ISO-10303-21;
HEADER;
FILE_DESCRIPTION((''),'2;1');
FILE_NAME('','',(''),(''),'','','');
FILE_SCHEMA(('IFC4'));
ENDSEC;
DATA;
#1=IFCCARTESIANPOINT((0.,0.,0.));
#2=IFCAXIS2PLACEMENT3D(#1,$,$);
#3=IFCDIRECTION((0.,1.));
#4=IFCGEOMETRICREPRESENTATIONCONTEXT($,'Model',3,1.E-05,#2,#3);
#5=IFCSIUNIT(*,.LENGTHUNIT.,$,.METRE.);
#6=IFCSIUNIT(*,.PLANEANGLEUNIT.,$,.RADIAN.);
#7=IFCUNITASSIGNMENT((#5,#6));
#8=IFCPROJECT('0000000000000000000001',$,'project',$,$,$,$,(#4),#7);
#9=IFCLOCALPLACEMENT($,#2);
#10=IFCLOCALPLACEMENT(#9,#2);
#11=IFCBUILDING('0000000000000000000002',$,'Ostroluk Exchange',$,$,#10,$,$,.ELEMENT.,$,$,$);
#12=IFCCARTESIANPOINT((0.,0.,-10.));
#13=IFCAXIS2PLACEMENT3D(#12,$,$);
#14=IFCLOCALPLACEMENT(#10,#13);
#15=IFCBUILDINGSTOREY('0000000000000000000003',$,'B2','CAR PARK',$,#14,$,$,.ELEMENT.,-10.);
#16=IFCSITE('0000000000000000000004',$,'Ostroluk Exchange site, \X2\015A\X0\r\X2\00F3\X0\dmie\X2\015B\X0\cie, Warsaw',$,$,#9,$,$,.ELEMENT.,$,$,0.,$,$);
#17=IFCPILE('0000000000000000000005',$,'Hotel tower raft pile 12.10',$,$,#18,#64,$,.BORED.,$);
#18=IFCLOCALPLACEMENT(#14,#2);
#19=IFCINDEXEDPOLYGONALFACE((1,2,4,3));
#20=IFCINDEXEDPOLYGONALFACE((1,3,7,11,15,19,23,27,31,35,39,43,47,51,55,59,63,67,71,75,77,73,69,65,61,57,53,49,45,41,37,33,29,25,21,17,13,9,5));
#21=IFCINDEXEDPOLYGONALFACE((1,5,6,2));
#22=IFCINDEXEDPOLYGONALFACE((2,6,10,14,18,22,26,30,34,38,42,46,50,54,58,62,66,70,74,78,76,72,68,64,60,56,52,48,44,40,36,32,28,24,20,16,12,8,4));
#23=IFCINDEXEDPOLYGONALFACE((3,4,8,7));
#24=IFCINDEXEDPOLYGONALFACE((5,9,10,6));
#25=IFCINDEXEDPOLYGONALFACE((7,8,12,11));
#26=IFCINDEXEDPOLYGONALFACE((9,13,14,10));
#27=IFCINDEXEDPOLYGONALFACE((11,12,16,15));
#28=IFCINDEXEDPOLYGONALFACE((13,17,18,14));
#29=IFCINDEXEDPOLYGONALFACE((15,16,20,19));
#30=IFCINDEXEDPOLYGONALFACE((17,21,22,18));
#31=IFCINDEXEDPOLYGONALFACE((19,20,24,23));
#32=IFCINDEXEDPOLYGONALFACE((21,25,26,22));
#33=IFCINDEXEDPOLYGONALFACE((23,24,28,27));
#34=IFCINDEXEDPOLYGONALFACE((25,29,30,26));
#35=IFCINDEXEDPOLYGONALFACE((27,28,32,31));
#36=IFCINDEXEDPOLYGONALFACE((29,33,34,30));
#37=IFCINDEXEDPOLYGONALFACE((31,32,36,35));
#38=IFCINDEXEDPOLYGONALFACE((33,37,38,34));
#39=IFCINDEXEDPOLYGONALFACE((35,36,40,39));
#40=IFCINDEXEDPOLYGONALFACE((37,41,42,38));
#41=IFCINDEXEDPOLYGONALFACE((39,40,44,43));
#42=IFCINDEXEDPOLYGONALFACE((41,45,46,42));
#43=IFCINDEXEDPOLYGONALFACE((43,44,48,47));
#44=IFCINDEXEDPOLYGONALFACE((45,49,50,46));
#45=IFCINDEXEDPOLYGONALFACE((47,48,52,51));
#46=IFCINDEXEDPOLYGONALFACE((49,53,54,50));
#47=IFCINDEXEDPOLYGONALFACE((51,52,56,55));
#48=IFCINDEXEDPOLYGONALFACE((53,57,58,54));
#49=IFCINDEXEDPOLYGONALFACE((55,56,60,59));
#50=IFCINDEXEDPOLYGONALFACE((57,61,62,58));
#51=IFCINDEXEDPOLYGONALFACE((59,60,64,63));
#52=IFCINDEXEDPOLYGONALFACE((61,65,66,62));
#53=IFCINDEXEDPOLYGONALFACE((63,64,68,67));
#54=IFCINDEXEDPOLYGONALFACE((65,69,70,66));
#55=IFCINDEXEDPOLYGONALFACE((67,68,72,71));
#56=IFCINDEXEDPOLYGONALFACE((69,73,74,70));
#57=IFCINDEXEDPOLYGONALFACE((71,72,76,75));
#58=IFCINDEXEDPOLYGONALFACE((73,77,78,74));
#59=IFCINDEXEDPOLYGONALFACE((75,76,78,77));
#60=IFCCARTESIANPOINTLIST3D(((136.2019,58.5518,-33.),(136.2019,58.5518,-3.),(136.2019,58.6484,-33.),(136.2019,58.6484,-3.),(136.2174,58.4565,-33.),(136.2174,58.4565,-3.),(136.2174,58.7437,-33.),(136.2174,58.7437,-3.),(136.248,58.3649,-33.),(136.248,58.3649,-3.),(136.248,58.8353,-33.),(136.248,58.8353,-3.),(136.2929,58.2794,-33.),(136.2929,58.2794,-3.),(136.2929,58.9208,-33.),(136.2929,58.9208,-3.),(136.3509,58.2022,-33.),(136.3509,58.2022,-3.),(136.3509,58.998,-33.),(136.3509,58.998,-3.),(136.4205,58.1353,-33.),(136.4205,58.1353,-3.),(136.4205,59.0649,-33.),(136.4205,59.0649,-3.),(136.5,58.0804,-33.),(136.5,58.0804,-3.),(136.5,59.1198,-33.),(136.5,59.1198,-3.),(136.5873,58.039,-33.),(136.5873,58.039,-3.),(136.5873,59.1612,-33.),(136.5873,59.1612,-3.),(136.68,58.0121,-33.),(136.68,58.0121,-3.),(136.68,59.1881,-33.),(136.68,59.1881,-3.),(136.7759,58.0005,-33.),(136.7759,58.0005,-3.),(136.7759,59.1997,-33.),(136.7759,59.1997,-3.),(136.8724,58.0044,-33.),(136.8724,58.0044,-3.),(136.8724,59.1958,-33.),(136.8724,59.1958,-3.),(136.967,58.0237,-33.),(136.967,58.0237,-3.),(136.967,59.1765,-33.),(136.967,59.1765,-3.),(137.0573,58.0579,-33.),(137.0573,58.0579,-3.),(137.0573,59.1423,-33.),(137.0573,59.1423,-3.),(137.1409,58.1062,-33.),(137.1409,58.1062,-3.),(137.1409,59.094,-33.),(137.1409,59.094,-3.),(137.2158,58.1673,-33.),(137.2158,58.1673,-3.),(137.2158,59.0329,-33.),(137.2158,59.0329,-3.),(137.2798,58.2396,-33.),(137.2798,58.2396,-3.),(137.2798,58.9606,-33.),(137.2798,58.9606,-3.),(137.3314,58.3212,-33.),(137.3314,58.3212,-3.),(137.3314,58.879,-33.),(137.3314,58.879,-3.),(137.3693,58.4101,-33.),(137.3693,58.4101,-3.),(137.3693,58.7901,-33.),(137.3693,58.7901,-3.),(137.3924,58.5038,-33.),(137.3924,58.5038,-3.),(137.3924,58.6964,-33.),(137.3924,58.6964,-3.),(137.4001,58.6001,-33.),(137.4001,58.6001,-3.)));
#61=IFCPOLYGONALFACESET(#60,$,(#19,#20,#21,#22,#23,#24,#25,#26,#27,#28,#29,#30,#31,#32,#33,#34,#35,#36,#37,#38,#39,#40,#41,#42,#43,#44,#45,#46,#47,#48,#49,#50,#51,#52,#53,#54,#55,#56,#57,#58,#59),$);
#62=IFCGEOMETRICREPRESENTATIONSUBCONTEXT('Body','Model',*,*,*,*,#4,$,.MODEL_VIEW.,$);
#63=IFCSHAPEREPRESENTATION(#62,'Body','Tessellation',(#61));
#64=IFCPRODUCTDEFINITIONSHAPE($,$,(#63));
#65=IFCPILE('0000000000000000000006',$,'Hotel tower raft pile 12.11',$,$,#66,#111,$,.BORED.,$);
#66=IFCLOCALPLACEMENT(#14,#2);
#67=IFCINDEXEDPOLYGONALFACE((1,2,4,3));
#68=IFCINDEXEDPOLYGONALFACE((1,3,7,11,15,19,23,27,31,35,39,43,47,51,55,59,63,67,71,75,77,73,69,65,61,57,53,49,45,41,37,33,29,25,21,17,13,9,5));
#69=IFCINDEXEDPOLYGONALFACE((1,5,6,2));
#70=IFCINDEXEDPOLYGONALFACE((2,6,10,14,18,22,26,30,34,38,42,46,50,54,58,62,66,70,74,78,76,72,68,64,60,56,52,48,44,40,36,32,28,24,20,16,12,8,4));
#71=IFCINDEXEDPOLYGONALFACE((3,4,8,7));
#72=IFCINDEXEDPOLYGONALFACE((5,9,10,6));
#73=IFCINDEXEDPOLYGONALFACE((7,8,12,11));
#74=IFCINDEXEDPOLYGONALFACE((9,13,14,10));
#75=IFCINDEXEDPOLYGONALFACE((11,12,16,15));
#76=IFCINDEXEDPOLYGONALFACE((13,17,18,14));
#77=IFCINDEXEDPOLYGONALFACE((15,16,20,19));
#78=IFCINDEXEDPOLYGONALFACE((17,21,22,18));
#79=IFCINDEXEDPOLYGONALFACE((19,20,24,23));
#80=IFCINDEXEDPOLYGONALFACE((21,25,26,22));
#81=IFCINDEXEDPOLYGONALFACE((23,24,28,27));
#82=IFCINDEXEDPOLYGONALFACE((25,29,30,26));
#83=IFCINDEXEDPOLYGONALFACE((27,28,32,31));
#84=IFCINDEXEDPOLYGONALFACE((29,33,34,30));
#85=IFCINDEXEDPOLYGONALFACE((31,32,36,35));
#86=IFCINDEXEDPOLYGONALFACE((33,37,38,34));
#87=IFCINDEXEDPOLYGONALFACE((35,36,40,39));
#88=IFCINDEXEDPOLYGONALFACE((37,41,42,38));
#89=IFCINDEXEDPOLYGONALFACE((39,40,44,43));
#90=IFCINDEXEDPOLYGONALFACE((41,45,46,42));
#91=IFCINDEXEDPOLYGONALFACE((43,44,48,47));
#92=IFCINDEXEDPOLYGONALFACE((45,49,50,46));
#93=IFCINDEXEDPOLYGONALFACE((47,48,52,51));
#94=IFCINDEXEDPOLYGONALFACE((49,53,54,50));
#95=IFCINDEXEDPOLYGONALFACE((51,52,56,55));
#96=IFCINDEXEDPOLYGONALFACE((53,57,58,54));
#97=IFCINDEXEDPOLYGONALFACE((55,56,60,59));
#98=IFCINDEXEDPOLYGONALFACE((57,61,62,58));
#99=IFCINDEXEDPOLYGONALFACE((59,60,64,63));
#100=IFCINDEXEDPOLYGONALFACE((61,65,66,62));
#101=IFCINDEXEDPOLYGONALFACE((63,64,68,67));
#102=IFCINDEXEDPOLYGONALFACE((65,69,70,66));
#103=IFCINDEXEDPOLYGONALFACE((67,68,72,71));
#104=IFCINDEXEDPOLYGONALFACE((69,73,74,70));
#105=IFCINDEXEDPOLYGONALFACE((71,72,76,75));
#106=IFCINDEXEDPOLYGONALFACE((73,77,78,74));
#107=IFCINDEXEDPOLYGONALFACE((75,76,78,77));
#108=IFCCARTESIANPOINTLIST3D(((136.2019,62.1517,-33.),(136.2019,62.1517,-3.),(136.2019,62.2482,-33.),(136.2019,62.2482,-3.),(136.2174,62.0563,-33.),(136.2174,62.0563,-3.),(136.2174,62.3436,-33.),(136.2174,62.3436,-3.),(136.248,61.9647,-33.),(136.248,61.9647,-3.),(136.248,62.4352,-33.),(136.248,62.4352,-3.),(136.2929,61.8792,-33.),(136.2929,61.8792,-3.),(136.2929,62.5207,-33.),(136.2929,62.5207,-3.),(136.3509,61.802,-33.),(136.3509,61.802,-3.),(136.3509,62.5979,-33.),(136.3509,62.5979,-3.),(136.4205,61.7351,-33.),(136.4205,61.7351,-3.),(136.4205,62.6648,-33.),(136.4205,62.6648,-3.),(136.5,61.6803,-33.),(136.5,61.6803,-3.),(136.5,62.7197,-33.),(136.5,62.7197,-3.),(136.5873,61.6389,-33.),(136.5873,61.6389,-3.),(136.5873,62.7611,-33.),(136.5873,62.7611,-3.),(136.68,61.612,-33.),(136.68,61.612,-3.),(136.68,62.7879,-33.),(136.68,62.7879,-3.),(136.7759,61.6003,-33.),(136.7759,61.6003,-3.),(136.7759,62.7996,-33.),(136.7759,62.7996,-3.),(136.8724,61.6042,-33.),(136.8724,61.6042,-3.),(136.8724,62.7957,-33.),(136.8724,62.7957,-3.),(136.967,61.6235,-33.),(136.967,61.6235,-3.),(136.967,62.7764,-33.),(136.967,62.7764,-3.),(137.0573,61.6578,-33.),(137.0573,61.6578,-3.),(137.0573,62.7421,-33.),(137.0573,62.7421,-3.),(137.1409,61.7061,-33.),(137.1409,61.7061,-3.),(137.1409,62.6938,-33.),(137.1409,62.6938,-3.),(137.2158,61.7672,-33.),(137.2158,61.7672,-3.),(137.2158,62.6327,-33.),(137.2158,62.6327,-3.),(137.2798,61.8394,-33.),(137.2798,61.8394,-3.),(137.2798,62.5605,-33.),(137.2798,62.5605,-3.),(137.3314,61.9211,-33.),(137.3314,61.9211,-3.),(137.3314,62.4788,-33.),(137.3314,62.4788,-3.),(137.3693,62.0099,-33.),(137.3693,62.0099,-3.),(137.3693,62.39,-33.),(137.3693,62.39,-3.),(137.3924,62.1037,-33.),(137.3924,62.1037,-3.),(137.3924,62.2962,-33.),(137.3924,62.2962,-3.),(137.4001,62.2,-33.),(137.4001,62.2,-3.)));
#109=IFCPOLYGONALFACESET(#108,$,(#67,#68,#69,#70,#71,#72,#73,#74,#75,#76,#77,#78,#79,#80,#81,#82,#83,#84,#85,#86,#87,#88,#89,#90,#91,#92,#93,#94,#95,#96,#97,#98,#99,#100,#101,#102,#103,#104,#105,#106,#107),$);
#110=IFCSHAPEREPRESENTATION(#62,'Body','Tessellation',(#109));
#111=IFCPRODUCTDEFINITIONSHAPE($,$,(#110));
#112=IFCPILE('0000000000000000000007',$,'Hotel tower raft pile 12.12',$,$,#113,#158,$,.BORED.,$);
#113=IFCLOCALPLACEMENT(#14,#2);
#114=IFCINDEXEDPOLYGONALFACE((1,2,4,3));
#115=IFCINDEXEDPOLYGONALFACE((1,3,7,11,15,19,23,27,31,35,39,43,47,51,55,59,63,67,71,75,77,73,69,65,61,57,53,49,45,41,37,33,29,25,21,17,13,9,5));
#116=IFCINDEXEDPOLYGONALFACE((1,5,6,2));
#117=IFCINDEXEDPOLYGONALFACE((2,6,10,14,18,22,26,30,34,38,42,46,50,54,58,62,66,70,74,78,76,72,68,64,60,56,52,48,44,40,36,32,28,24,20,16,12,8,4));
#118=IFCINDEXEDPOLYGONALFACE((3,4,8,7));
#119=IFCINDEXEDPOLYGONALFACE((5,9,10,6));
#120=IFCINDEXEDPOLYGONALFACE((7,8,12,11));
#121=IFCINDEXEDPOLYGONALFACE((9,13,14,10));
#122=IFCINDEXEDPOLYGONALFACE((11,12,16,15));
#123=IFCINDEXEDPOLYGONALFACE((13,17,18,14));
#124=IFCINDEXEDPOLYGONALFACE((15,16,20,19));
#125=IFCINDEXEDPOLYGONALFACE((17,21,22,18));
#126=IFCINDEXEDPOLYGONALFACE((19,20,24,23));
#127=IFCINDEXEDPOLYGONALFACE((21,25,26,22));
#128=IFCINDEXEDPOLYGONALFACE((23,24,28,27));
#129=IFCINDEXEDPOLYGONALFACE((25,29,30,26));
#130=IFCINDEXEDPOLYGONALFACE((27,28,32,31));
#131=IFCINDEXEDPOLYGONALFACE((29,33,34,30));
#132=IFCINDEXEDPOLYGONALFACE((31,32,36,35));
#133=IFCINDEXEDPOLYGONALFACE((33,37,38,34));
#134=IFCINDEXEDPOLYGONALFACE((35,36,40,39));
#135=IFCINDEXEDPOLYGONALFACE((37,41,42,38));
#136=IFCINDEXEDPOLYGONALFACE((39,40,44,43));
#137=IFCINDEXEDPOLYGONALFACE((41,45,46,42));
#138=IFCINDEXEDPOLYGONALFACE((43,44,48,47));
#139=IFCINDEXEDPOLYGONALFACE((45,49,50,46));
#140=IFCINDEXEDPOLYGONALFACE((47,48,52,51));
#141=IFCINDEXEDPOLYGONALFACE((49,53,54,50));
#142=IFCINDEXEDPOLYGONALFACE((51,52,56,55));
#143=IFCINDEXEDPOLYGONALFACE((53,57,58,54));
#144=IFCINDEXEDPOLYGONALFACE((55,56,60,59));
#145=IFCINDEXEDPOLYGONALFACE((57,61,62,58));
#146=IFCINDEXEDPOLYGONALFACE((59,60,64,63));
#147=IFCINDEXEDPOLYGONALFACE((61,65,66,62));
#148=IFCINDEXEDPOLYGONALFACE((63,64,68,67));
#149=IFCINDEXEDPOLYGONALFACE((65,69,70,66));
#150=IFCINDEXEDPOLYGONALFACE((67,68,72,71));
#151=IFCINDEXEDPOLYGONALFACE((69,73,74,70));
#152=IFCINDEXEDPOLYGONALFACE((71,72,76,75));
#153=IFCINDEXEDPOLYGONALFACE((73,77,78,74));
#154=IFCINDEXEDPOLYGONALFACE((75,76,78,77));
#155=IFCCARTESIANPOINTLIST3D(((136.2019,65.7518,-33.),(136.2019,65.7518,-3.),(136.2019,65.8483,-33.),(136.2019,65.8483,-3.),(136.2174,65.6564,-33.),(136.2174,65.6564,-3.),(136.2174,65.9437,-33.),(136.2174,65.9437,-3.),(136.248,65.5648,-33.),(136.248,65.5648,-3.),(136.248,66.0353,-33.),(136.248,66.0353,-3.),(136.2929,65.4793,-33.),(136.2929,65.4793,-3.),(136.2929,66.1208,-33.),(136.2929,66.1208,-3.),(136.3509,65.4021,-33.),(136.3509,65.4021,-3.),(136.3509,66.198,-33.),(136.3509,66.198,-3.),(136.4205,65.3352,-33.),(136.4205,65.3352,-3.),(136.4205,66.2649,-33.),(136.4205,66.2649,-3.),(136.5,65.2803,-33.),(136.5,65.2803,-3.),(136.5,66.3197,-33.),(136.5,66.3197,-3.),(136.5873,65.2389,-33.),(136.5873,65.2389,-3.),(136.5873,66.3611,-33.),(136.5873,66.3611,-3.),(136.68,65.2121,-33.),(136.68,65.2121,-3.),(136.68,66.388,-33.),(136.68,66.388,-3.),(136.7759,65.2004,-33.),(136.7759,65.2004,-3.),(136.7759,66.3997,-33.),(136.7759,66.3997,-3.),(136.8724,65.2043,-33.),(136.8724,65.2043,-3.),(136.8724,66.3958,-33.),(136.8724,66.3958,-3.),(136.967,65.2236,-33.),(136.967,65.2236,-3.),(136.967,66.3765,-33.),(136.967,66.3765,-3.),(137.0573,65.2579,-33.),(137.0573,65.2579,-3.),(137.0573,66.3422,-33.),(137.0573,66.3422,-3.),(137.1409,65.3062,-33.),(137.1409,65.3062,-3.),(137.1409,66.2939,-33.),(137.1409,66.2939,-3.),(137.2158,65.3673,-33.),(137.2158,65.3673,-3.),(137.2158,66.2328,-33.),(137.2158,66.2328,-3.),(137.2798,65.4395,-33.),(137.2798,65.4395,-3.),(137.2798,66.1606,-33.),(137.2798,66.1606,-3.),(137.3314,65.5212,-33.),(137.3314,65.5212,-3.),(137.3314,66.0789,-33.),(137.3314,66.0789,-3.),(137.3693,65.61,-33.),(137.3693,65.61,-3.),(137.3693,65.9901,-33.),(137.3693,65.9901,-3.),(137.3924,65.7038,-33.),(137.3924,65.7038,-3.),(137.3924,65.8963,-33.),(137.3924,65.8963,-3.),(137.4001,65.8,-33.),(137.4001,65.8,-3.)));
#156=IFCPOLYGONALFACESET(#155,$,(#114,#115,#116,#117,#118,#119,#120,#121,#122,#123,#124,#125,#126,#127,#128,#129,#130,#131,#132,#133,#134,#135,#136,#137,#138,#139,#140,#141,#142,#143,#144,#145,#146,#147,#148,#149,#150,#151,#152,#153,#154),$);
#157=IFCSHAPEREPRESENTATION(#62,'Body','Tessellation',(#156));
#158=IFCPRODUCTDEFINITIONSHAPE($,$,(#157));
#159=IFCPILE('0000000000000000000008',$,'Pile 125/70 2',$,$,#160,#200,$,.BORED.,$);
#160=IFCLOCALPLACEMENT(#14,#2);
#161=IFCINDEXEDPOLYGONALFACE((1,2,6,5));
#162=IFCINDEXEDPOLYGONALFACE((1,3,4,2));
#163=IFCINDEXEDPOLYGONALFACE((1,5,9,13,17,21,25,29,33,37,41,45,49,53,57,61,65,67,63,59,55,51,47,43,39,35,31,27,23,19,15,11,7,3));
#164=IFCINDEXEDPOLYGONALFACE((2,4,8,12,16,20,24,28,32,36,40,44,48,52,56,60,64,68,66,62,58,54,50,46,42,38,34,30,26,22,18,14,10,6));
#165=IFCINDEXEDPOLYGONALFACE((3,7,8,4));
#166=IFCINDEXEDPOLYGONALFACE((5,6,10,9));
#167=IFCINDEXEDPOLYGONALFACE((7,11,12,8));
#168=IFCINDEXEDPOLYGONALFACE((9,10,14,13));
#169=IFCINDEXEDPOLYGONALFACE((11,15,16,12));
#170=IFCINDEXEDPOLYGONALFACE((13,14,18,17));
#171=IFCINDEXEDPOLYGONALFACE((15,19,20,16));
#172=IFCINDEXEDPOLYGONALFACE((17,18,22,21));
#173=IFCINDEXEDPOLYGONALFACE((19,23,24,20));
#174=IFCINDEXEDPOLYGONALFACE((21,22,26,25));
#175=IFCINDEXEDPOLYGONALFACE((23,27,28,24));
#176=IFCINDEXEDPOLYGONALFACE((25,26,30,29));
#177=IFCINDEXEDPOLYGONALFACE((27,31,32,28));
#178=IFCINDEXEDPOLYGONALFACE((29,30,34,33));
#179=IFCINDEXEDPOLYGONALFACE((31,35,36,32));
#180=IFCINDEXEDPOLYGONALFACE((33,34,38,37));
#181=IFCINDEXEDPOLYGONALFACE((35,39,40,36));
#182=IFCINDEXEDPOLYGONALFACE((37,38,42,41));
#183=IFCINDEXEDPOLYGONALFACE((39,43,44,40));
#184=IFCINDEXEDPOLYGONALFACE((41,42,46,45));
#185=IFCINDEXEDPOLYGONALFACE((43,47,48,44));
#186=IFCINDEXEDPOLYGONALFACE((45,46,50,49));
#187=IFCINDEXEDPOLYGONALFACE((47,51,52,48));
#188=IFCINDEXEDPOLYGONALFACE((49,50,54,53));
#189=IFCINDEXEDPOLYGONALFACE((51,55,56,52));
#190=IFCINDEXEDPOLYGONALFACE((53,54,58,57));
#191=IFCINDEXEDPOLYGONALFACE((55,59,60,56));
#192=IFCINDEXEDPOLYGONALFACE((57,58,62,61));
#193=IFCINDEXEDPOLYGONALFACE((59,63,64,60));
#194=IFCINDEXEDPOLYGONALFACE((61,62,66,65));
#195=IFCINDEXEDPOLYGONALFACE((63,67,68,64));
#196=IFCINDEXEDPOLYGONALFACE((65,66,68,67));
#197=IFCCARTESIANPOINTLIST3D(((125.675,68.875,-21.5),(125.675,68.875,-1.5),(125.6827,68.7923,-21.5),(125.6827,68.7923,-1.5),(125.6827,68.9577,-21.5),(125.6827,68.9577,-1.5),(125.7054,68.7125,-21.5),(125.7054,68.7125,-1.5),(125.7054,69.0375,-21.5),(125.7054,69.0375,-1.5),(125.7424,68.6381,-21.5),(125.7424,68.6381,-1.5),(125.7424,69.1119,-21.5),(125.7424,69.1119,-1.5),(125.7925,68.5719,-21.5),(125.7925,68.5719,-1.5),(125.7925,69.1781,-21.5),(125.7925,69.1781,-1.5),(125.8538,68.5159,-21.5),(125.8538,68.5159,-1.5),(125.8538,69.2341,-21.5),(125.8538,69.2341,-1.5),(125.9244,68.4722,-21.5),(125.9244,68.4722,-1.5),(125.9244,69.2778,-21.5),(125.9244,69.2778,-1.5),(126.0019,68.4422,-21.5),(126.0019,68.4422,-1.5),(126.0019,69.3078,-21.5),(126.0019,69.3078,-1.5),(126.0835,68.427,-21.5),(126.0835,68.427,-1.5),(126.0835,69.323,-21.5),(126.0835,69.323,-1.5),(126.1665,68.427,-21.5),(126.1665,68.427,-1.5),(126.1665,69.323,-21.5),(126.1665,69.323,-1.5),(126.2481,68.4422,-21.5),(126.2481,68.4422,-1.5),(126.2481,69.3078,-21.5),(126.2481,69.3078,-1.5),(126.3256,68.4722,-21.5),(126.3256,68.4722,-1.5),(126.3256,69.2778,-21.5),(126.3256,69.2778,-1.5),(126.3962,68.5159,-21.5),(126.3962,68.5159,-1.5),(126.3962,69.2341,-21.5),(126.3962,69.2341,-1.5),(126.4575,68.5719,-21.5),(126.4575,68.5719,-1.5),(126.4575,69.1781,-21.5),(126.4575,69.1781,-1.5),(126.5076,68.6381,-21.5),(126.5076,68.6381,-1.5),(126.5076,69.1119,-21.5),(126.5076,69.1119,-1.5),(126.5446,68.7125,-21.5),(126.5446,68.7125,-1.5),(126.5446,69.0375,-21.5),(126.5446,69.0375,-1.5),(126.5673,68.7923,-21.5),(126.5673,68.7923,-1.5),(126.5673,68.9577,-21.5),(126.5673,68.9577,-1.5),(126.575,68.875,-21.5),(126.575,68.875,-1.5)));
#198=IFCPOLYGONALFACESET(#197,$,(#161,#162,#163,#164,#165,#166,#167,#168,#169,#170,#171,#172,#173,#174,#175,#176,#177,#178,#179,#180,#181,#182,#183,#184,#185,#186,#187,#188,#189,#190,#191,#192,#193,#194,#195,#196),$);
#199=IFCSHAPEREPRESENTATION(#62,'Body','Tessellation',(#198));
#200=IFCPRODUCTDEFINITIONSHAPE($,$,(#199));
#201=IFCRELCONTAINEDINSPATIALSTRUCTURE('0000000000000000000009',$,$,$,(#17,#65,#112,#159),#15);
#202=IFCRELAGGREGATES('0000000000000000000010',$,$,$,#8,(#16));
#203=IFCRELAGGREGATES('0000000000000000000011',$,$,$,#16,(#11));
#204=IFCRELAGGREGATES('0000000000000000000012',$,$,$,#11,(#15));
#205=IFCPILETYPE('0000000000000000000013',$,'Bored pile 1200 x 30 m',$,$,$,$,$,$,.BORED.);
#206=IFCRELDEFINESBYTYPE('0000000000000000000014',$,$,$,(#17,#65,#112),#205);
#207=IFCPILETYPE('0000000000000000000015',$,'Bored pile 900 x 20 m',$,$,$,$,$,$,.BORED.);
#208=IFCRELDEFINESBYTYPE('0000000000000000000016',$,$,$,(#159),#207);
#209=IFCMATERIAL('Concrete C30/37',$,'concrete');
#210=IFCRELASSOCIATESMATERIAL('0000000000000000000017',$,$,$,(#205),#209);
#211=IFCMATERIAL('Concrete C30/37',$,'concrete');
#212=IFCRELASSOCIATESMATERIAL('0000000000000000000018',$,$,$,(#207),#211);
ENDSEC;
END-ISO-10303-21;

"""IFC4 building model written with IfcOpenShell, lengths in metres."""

from ifc_helpers import new_model, si_unit, direction, frame, origin, origin_2d, place, context, subcontext, project, spatial, circle, extrude, material, type_object, element, save


model = new_model("IFC4")

# Units and contexts
model_context = context("Model", 3, precision=1e-05, world=origin(), true_north=direction((0.0, 1.0)))
body_context = subcontext(model_context, "Body", "Model", "MODEL_VIEW")
ifc_project = project(units=[si_unit("LENGTHUNIT", "METRE"), si_unit("PLANEANGLEUNIT", "RADIAN")], contexts=[model_context])

# Site, building, storey
site_placement = place(None, origin())
site = spatial("IfcSite", under=ifc_project, at=site_placement, Name="Ostroluk Exchange site, Śródmieście, Warsaw", CompositionType="ELEMENT", RefElevation=0.0)
building_placement = place(site_placement, origin())
building = spatial("IfcBuilding", under=site, at=building_placement, Name="Ostroluk Exchange", CompositionType="ELEMENT")
storey_placement = place(building_placement, frame((0.0, 0.0, -10.0)))
storey = spatial("IfcBuildingStorey", under=building, at=storey_placement, Name="B2", Description="CAR PARK", CompositionType="ELEMENT", Elevation=-10.0)

# Piles
ifc_material_1 = material(Name="Concrete C30/37", Category="concrete")
pile_type_1 = type_object("IfcPileType", Name="Bored pile 1200 x 30 m", PredefinedType="BORED", material=ifc_material_1)
for number, where, z_axis, x_axis, name in (
    (1, (136.8, 58.6001, -3.0), (0.0, 0.0, -1.0), (1.0, 0.0, 0.0), "Hotel tower raft pile 12.10"),
    (2, (136.8, 62.2, -3.0), (0.0, 0.0, -1.0), (1.0, 0.0, 0.0), "Hotel tower raft pile 12.11"),
    (3, (136.8, 65.8, -3.0), (0.0, 0.0, -1.0), (1.0, 0.0, 0.0), "Hotel tower raft pile 12.12"),
):
    element("IfcPile", number, at=place(storey_placement, frame(where, z_axis=z_axis, x_axis=x_axis)), inside=storey, type_object=pile_type_1, Name=name, PredefinedType="BORED", context=body_context, shape_type="SweptSolid", body=[
        extrude(circle(Radius=0.6001, at=origin_2d()), origin(), (0.0, 0.0, 1.0), 30.0),
    ])
ifc_material_2 = material(Name="Concrete C30/37", Category="concrete")
pile_type_2 = type_object("IfcPileType", Name="Bored pile 900 x 20 m", PredefinedType="BORED", material=ifc_material_2)
for number, where, z_axis, x_axis, name in (
    (4, (126.125, 68.875, -1.5), (0.0, 0.0, -1.0), (1.0, 0.0, 0.0), "Pile 125/70 2"),
):
    element("IfcPile", number, at=place(storey_placement, frame(where, z_axis=z_axis, x_axis=x_axis)), inside=storey, type_object=pile_type_2, Name=name, PredefinedType="BORED", context=body_context, shape_type="SweptSolid", body=[
        extrude(circle(Radius=0.45, at=origin_2d()), origin(), (0.0, 0.0, 1.0), 20.0),
    ])

save(model, "model.ifc")
